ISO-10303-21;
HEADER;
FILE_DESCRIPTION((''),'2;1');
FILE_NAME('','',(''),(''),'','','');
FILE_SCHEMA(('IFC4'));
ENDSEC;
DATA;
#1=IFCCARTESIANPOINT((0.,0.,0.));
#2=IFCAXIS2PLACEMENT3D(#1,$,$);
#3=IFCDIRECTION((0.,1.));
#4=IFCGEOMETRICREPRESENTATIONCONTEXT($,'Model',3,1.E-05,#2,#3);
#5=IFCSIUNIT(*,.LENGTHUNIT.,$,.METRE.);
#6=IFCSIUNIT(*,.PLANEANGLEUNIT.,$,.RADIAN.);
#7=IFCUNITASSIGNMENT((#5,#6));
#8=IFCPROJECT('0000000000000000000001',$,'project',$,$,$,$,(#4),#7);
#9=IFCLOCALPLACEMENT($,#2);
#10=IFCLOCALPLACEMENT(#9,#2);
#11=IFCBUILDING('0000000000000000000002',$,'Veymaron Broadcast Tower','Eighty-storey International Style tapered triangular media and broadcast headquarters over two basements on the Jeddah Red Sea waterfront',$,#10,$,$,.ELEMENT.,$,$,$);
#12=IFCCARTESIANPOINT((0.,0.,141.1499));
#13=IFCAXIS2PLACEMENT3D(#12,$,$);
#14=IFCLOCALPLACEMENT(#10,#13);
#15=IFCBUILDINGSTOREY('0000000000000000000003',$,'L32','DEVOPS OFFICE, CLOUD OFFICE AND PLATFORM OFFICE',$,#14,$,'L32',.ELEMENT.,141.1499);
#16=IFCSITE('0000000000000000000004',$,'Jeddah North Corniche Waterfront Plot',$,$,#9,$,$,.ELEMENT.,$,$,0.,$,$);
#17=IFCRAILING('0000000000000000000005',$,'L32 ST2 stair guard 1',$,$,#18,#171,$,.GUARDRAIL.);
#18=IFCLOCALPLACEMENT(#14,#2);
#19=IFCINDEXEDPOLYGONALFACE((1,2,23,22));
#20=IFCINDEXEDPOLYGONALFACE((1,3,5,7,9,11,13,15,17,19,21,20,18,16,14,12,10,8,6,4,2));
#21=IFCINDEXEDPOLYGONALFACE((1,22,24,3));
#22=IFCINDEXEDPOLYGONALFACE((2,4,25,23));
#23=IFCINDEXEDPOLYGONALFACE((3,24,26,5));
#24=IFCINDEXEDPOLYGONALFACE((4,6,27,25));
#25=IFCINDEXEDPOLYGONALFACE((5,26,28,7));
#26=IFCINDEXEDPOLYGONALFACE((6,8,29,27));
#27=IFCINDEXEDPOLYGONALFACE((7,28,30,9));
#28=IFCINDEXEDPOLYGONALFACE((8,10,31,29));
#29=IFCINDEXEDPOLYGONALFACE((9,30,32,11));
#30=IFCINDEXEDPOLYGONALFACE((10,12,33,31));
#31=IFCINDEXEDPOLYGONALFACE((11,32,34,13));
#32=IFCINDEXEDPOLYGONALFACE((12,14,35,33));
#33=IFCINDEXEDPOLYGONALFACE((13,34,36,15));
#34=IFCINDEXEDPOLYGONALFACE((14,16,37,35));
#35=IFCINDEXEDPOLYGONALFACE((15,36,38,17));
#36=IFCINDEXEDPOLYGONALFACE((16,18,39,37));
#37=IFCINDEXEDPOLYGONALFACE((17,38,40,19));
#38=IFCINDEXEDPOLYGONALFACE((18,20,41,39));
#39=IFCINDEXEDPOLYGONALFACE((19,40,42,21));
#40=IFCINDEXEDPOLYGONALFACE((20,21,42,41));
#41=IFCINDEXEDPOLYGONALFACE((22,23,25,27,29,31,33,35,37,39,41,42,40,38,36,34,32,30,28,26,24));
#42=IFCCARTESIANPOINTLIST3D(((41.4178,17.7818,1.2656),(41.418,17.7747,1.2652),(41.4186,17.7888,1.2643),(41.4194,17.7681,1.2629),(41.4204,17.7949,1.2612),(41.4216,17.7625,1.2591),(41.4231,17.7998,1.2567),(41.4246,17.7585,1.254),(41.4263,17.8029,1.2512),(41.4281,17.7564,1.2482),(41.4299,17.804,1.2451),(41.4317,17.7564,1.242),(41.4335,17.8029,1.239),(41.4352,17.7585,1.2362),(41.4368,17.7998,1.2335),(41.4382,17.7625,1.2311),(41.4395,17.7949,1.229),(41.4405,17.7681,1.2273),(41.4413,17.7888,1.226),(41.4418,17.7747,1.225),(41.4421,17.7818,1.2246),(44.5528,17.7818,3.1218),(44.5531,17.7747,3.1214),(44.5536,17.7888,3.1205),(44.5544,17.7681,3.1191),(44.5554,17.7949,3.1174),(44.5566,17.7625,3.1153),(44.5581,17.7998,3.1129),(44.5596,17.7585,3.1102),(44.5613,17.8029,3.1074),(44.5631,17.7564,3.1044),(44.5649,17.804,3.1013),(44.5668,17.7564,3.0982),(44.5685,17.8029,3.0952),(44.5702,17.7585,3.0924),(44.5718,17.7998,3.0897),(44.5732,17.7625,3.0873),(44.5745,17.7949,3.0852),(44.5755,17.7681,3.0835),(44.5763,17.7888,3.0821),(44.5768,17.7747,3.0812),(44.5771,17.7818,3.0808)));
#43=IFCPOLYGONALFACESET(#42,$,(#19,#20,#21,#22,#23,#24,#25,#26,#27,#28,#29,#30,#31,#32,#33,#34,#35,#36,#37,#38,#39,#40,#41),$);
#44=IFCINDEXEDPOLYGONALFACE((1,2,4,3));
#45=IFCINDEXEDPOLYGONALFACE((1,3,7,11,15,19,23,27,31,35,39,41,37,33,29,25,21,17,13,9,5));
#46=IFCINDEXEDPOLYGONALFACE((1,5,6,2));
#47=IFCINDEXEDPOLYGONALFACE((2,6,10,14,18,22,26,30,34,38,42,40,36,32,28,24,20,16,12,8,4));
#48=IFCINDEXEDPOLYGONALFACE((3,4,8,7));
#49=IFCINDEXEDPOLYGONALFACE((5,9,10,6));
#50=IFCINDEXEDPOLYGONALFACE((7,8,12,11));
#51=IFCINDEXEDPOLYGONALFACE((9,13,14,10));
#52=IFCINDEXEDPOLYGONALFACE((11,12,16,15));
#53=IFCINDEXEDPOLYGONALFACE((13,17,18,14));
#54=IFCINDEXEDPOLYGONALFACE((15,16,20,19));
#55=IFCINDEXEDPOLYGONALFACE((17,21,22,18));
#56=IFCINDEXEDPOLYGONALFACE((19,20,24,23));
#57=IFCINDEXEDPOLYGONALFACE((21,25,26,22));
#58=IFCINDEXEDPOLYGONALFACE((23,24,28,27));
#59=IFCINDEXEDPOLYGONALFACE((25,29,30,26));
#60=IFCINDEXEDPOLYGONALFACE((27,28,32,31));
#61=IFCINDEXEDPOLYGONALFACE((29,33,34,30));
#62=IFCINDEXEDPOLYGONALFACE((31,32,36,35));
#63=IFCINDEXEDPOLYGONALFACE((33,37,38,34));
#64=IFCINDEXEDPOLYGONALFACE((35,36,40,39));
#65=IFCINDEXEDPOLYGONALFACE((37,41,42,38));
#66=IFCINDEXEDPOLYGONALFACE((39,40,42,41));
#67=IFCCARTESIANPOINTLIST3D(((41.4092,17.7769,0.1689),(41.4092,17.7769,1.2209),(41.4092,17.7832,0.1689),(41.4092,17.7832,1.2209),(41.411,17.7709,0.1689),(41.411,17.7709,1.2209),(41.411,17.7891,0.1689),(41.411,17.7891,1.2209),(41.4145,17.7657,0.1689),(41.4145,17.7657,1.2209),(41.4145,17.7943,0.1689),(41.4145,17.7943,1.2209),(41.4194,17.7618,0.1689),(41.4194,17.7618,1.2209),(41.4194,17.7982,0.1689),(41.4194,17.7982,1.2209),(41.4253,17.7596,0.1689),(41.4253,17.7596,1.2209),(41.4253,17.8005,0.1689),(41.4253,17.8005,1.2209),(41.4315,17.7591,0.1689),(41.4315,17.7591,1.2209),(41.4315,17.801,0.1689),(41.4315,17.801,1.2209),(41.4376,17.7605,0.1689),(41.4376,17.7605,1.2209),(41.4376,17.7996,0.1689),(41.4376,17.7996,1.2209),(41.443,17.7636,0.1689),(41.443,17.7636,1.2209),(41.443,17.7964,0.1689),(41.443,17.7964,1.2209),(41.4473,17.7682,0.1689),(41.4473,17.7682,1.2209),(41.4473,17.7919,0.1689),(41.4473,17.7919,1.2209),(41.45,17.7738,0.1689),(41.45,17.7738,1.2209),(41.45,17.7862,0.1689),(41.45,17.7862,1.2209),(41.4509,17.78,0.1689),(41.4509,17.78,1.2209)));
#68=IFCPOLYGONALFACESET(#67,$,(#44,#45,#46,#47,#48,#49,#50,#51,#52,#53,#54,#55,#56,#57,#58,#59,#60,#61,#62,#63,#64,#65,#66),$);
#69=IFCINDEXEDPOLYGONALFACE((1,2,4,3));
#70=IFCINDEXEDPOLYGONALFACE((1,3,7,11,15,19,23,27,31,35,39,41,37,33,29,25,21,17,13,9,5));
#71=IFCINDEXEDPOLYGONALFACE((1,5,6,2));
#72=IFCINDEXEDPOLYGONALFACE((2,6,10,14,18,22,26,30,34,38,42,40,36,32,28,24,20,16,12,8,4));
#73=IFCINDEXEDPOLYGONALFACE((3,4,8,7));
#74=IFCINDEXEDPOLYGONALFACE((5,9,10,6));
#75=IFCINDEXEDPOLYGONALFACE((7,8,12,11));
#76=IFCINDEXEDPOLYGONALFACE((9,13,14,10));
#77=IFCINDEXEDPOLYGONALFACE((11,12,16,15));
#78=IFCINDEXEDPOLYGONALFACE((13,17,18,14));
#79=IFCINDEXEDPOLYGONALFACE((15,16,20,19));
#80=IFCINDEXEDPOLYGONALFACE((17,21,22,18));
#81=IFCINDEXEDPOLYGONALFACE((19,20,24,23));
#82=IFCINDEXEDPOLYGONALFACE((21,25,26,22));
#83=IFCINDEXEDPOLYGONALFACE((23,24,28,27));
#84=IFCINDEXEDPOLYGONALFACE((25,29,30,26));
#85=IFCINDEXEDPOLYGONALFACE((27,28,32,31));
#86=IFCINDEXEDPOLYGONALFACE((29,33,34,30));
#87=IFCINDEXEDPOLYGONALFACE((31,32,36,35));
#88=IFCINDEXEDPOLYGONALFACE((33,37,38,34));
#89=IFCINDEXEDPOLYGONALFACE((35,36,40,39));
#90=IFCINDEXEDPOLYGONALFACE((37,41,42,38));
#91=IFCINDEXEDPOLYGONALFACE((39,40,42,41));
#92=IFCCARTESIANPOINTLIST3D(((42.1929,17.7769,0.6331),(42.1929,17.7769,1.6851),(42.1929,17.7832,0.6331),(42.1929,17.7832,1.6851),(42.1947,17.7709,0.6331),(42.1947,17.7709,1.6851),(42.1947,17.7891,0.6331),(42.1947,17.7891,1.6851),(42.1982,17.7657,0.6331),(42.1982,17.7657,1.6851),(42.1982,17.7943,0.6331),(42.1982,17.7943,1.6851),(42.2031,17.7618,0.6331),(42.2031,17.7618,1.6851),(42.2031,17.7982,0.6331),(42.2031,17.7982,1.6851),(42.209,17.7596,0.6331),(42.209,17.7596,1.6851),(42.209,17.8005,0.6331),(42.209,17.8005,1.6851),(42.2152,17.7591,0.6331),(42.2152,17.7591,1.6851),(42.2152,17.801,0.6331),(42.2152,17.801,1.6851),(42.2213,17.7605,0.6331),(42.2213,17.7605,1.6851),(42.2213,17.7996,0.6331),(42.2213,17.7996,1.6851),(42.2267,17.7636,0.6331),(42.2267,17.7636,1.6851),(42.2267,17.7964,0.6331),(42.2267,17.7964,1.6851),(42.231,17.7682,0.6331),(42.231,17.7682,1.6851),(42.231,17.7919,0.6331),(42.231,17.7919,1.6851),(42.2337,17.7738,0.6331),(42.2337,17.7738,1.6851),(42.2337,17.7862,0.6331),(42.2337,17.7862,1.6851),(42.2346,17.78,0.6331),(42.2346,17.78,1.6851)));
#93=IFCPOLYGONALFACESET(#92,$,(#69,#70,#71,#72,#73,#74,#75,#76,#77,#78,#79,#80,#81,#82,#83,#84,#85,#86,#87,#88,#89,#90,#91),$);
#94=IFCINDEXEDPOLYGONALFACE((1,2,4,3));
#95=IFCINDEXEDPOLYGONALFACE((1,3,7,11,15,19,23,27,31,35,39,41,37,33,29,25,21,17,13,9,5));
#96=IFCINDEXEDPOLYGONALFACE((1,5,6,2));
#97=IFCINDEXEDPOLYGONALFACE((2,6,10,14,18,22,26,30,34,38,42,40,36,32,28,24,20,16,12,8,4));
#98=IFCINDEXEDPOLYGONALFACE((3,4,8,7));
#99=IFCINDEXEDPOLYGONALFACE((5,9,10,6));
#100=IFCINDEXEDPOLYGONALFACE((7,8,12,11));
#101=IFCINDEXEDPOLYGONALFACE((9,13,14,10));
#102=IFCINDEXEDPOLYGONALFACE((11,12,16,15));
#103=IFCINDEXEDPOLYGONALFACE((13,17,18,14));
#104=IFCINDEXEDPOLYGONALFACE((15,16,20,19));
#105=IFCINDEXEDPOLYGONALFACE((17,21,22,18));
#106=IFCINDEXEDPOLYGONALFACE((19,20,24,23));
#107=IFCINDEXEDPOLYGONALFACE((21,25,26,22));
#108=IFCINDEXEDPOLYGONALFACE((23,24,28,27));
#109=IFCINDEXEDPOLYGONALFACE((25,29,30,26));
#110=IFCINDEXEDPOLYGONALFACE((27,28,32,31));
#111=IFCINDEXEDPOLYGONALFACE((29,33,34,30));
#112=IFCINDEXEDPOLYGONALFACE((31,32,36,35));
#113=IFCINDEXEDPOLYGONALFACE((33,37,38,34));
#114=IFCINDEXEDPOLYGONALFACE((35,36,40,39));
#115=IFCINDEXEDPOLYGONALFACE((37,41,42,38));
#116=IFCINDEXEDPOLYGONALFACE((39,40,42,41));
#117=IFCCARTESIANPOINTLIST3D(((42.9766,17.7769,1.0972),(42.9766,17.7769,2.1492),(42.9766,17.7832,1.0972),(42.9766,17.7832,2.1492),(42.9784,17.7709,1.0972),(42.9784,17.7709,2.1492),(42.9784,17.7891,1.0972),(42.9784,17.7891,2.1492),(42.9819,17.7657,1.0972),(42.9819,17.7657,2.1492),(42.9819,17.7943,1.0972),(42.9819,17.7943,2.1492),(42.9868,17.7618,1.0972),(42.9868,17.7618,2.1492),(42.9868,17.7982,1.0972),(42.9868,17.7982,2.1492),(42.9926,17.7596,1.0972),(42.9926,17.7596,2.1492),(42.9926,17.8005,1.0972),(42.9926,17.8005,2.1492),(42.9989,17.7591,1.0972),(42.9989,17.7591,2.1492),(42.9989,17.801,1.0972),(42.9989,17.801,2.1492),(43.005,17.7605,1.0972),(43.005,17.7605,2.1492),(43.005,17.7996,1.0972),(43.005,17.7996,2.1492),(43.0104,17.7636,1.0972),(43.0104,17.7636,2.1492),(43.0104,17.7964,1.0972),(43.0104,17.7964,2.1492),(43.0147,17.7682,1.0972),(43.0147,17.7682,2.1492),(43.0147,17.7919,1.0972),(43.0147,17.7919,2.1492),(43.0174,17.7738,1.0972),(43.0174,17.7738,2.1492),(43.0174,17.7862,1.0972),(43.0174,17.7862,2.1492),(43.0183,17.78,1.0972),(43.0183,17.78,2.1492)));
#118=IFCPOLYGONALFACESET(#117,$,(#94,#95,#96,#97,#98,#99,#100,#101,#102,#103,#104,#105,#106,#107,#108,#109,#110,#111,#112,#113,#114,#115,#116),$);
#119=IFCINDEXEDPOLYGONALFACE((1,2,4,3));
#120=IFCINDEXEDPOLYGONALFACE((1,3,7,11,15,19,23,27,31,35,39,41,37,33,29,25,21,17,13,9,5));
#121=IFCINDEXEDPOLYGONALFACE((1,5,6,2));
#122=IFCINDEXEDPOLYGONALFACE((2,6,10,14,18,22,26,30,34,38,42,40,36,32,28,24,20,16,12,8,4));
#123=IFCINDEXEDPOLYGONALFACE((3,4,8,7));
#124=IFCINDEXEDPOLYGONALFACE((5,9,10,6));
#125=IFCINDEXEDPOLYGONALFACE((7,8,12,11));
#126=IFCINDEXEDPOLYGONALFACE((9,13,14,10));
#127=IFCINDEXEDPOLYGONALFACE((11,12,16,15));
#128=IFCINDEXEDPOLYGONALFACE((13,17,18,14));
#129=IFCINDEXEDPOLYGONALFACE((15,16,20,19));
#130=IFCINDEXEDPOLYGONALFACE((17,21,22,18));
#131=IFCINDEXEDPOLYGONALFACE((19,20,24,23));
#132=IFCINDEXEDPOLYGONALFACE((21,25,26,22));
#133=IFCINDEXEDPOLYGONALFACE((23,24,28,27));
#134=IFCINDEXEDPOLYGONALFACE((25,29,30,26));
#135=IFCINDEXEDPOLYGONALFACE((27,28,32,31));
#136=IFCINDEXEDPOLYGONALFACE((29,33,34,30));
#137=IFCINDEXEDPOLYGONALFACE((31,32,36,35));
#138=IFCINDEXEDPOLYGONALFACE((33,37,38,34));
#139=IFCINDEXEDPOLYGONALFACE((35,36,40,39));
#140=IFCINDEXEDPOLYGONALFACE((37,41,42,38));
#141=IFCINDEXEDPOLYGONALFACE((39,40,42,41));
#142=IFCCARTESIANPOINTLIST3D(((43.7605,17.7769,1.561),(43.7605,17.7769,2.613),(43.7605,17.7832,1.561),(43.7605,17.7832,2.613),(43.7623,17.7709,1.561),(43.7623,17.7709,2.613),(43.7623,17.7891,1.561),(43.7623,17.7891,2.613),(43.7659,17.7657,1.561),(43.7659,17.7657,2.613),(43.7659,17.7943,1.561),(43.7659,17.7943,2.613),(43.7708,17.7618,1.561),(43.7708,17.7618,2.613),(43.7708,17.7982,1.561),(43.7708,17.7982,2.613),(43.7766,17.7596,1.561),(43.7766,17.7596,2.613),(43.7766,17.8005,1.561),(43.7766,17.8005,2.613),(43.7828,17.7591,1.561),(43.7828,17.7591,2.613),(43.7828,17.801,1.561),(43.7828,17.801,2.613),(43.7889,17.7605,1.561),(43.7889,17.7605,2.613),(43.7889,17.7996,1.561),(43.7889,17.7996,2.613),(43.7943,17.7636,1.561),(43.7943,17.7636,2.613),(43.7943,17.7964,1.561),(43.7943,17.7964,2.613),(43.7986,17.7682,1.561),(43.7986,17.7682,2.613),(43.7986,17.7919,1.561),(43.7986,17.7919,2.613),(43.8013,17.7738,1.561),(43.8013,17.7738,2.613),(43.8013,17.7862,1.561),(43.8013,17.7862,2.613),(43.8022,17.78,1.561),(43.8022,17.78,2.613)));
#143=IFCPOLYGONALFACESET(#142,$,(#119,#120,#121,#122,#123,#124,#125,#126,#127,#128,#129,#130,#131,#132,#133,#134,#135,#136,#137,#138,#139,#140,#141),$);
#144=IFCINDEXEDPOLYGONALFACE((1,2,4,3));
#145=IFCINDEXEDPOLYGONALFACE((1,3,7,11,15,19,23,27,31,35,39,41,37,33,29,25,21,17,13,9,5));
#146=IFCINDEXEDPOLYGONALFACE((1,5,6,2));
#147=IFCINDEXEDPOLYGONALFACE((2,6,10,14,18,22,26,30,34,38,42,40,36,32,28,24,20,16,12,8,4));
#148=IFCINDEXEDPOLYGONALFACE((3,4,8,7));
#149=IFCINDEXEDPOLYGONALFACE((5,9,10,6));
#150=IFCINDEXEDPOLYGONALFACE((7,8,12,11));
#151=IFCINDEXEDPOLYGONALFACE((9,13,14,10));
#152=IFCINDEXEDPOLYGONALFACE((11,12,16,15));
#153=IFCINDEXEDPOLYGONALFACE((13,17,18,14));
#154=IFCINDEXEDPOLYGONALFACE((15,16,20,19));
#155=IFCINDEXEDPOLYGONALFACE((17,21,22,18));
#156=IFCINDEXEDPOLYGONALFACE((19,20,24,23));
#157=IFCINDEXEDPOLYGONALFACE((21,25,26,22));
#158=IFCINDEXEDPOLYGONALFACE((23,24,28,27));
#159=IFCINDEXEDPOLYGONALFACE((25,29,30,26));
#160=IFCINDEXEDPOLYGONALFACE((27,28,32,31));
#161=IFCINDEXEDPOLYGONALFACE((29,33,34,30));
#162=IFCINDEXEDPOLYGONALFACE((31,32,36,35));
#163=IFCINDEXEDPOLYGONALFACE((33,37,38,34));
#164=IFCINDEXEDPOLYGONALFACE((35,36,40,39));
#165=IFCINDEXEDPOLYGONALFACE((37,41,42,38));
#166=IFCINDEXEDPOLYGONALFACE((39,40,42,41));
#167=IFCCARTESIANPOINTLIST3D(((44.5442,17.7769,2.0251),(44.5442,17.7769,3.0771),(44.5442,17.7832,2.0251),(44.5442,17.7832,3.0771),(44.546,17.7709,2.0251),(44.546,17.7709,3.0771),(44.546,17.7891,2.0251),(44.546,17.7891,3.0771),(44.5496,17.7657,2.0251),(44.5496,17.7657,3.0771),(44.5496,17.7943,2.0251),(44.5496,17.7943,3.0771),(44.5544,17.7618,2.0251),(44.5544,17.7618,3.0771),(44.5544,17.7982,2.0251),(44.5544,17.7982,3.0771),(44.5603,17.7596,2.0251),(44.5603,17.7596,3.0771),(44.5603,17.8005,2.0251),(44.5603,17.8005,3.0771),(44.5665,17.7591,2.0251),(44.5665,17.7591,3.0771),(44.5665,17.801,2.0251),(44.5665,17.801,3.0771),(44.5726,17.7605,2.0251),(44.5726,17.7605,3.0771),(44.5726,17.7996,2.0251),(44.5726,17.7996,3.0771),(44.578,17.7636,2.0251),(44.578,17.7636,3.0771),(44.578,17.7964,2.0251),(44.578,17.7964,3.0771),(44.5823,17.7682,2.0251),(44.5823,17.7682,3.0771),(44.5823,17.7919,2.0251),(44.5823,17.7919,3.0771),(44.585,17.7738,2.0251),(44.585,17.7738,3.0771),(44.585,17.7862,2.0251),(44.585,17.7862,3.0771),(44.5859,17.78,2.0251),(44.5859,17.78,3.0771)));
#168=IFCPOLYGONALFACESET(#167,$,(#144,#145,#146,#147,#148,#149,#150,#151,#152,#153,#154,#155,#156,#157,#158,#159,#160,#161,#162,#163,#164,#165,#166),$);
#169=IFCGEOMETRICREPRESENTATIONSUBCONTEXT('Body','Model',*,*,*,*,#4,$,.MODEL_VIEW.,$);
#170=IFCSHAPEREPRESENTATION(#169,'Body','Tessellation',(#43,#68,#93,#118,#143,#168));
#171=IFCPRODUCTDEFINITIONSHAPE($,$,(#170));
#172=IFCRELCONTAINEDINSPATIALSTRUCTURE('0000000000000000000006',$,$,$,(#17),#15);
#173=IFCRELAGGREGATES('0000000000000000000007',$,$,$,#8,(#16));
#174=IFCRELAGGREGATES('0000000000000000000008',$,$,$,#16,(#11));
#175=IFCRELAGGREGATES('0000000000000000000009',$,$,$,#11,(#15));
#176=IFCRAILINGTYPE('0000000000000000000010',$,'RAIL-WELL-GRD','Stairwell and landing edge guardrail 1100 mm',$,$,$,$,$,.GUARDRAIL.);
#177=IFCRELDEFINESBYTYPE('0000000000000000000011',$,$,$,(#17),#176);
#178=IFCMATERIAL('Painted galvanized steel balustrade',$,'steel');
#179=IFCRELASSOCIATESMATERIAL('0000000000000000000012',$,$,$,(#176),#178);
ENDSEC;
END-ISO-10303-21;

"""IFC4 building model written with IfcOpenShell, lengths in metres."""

from ifc_helpers import new_model, si_unit, direction, frame, origin, origin_2d, place, context, subcontext, project, spatial, circle, extrude, material, type_object, element, save


model = new_model("IFC4")

# Units and contexts
model_context = context("Model", 3, precision=1e-05, world=origin(), true_north=direction((0.0, 1.0)))
body_context = subcontext(model_context, "Body", "Model", "MODEL_VIEW")
ifc_project = project(units=[si_unit("LENGTHUNIT", "METRE"), si_unit("PLANEANGLEUNIT", "RADIAN")], contexts=[model_context])

# Site, building, storey
site_placement = place(None, origin())
site = spatial("IfcSite", under=ifc_project, at=site_placement, Name="Jeddah North Corniche Waterfront Plot", CompositionType="ELEMENT", RefElevation=0.0)
building_placement = place(site_placement, origin())
building = spatial("IfcBuilding", under=site, at=building_placement, Name="Veymaron Broadcast Tower", Description="Eighty-storey International Style tapered triangular media and broadcast headquarters over two basements on the Jeddah Red Sea waterfront", CompositionType="ELEMENT")
storey_placement = place(building_placement, frame((0.0, 0.0, 141.1499)))
storey = spatial("IfcBuildingStorey", under=building, at=storey_placement, Name="L32", Description="DEVOPS OFFICE, CLOUD OFFICE AND PLATFORM OFFICE", LongName="L32", CompositionType="ELEMENT", Elevation=141.1499)

# Railing
ifc_material_1 = material(Name="Painted galvanized steel balustrade", Category="steel")
railing_type_1 = type_object("IfcRailingType", Name="RAIL-WELL-GRD", Description="Stairwell and landing edge guardrail 1100 mm", PredefinedType="GUARDRAIL", material=ifc_material_1)
railing_1_placement = place(storey_placement, frame((41.4299, 17.78, 0.1689)))
element("IfcRailing", 1, at=railing_1_placement, inside=storey, type_object=railing_type_1, Name="L32 ST2 stair guard 1", PredefinedType="GUARDRAIL", context=body_context, shape_type="SweptSolid", body=[
    extrude(circle(Radius=0.0239, at=origin_2d()), frame((0.0, 0.0, 1.0762), z_axis=(0.860482, 0.0, 0.509481), x_axis=(0.0, 1.0, 0.0)), (0.0, 0.0, 1.0), 3.6433),
    extrude(circle(Radius=0.021, at=origin_2d()), origin(), (0.0, 0.0, 1.0), 1.052),
    extrude(circle(Radius=0.021, at=origin_2d()), frame((0.7837, 0.0, 0.4641)), (0.0, 0.0, 1.0), 1.052),
    extrude(circle(Radius=0.021, at=origin_2d()), frame((1.5674, 0.0, 0.9282)), (0.0, 0.0, 1.0), 1.052),
    extrude(circle(Radius=0.021, at=origin_2d()), frame((2.3513, 0.0, 1.3921)), (0.0, 0.0, 1.0), 1.052),
    extrude(circle(Radius=0.021, at=origin_2d()), frame((3.135, 0.0, 1.8562)), (0.0, 0.0, 1.0), 1.052),
])

save(model, "model.ifc")
